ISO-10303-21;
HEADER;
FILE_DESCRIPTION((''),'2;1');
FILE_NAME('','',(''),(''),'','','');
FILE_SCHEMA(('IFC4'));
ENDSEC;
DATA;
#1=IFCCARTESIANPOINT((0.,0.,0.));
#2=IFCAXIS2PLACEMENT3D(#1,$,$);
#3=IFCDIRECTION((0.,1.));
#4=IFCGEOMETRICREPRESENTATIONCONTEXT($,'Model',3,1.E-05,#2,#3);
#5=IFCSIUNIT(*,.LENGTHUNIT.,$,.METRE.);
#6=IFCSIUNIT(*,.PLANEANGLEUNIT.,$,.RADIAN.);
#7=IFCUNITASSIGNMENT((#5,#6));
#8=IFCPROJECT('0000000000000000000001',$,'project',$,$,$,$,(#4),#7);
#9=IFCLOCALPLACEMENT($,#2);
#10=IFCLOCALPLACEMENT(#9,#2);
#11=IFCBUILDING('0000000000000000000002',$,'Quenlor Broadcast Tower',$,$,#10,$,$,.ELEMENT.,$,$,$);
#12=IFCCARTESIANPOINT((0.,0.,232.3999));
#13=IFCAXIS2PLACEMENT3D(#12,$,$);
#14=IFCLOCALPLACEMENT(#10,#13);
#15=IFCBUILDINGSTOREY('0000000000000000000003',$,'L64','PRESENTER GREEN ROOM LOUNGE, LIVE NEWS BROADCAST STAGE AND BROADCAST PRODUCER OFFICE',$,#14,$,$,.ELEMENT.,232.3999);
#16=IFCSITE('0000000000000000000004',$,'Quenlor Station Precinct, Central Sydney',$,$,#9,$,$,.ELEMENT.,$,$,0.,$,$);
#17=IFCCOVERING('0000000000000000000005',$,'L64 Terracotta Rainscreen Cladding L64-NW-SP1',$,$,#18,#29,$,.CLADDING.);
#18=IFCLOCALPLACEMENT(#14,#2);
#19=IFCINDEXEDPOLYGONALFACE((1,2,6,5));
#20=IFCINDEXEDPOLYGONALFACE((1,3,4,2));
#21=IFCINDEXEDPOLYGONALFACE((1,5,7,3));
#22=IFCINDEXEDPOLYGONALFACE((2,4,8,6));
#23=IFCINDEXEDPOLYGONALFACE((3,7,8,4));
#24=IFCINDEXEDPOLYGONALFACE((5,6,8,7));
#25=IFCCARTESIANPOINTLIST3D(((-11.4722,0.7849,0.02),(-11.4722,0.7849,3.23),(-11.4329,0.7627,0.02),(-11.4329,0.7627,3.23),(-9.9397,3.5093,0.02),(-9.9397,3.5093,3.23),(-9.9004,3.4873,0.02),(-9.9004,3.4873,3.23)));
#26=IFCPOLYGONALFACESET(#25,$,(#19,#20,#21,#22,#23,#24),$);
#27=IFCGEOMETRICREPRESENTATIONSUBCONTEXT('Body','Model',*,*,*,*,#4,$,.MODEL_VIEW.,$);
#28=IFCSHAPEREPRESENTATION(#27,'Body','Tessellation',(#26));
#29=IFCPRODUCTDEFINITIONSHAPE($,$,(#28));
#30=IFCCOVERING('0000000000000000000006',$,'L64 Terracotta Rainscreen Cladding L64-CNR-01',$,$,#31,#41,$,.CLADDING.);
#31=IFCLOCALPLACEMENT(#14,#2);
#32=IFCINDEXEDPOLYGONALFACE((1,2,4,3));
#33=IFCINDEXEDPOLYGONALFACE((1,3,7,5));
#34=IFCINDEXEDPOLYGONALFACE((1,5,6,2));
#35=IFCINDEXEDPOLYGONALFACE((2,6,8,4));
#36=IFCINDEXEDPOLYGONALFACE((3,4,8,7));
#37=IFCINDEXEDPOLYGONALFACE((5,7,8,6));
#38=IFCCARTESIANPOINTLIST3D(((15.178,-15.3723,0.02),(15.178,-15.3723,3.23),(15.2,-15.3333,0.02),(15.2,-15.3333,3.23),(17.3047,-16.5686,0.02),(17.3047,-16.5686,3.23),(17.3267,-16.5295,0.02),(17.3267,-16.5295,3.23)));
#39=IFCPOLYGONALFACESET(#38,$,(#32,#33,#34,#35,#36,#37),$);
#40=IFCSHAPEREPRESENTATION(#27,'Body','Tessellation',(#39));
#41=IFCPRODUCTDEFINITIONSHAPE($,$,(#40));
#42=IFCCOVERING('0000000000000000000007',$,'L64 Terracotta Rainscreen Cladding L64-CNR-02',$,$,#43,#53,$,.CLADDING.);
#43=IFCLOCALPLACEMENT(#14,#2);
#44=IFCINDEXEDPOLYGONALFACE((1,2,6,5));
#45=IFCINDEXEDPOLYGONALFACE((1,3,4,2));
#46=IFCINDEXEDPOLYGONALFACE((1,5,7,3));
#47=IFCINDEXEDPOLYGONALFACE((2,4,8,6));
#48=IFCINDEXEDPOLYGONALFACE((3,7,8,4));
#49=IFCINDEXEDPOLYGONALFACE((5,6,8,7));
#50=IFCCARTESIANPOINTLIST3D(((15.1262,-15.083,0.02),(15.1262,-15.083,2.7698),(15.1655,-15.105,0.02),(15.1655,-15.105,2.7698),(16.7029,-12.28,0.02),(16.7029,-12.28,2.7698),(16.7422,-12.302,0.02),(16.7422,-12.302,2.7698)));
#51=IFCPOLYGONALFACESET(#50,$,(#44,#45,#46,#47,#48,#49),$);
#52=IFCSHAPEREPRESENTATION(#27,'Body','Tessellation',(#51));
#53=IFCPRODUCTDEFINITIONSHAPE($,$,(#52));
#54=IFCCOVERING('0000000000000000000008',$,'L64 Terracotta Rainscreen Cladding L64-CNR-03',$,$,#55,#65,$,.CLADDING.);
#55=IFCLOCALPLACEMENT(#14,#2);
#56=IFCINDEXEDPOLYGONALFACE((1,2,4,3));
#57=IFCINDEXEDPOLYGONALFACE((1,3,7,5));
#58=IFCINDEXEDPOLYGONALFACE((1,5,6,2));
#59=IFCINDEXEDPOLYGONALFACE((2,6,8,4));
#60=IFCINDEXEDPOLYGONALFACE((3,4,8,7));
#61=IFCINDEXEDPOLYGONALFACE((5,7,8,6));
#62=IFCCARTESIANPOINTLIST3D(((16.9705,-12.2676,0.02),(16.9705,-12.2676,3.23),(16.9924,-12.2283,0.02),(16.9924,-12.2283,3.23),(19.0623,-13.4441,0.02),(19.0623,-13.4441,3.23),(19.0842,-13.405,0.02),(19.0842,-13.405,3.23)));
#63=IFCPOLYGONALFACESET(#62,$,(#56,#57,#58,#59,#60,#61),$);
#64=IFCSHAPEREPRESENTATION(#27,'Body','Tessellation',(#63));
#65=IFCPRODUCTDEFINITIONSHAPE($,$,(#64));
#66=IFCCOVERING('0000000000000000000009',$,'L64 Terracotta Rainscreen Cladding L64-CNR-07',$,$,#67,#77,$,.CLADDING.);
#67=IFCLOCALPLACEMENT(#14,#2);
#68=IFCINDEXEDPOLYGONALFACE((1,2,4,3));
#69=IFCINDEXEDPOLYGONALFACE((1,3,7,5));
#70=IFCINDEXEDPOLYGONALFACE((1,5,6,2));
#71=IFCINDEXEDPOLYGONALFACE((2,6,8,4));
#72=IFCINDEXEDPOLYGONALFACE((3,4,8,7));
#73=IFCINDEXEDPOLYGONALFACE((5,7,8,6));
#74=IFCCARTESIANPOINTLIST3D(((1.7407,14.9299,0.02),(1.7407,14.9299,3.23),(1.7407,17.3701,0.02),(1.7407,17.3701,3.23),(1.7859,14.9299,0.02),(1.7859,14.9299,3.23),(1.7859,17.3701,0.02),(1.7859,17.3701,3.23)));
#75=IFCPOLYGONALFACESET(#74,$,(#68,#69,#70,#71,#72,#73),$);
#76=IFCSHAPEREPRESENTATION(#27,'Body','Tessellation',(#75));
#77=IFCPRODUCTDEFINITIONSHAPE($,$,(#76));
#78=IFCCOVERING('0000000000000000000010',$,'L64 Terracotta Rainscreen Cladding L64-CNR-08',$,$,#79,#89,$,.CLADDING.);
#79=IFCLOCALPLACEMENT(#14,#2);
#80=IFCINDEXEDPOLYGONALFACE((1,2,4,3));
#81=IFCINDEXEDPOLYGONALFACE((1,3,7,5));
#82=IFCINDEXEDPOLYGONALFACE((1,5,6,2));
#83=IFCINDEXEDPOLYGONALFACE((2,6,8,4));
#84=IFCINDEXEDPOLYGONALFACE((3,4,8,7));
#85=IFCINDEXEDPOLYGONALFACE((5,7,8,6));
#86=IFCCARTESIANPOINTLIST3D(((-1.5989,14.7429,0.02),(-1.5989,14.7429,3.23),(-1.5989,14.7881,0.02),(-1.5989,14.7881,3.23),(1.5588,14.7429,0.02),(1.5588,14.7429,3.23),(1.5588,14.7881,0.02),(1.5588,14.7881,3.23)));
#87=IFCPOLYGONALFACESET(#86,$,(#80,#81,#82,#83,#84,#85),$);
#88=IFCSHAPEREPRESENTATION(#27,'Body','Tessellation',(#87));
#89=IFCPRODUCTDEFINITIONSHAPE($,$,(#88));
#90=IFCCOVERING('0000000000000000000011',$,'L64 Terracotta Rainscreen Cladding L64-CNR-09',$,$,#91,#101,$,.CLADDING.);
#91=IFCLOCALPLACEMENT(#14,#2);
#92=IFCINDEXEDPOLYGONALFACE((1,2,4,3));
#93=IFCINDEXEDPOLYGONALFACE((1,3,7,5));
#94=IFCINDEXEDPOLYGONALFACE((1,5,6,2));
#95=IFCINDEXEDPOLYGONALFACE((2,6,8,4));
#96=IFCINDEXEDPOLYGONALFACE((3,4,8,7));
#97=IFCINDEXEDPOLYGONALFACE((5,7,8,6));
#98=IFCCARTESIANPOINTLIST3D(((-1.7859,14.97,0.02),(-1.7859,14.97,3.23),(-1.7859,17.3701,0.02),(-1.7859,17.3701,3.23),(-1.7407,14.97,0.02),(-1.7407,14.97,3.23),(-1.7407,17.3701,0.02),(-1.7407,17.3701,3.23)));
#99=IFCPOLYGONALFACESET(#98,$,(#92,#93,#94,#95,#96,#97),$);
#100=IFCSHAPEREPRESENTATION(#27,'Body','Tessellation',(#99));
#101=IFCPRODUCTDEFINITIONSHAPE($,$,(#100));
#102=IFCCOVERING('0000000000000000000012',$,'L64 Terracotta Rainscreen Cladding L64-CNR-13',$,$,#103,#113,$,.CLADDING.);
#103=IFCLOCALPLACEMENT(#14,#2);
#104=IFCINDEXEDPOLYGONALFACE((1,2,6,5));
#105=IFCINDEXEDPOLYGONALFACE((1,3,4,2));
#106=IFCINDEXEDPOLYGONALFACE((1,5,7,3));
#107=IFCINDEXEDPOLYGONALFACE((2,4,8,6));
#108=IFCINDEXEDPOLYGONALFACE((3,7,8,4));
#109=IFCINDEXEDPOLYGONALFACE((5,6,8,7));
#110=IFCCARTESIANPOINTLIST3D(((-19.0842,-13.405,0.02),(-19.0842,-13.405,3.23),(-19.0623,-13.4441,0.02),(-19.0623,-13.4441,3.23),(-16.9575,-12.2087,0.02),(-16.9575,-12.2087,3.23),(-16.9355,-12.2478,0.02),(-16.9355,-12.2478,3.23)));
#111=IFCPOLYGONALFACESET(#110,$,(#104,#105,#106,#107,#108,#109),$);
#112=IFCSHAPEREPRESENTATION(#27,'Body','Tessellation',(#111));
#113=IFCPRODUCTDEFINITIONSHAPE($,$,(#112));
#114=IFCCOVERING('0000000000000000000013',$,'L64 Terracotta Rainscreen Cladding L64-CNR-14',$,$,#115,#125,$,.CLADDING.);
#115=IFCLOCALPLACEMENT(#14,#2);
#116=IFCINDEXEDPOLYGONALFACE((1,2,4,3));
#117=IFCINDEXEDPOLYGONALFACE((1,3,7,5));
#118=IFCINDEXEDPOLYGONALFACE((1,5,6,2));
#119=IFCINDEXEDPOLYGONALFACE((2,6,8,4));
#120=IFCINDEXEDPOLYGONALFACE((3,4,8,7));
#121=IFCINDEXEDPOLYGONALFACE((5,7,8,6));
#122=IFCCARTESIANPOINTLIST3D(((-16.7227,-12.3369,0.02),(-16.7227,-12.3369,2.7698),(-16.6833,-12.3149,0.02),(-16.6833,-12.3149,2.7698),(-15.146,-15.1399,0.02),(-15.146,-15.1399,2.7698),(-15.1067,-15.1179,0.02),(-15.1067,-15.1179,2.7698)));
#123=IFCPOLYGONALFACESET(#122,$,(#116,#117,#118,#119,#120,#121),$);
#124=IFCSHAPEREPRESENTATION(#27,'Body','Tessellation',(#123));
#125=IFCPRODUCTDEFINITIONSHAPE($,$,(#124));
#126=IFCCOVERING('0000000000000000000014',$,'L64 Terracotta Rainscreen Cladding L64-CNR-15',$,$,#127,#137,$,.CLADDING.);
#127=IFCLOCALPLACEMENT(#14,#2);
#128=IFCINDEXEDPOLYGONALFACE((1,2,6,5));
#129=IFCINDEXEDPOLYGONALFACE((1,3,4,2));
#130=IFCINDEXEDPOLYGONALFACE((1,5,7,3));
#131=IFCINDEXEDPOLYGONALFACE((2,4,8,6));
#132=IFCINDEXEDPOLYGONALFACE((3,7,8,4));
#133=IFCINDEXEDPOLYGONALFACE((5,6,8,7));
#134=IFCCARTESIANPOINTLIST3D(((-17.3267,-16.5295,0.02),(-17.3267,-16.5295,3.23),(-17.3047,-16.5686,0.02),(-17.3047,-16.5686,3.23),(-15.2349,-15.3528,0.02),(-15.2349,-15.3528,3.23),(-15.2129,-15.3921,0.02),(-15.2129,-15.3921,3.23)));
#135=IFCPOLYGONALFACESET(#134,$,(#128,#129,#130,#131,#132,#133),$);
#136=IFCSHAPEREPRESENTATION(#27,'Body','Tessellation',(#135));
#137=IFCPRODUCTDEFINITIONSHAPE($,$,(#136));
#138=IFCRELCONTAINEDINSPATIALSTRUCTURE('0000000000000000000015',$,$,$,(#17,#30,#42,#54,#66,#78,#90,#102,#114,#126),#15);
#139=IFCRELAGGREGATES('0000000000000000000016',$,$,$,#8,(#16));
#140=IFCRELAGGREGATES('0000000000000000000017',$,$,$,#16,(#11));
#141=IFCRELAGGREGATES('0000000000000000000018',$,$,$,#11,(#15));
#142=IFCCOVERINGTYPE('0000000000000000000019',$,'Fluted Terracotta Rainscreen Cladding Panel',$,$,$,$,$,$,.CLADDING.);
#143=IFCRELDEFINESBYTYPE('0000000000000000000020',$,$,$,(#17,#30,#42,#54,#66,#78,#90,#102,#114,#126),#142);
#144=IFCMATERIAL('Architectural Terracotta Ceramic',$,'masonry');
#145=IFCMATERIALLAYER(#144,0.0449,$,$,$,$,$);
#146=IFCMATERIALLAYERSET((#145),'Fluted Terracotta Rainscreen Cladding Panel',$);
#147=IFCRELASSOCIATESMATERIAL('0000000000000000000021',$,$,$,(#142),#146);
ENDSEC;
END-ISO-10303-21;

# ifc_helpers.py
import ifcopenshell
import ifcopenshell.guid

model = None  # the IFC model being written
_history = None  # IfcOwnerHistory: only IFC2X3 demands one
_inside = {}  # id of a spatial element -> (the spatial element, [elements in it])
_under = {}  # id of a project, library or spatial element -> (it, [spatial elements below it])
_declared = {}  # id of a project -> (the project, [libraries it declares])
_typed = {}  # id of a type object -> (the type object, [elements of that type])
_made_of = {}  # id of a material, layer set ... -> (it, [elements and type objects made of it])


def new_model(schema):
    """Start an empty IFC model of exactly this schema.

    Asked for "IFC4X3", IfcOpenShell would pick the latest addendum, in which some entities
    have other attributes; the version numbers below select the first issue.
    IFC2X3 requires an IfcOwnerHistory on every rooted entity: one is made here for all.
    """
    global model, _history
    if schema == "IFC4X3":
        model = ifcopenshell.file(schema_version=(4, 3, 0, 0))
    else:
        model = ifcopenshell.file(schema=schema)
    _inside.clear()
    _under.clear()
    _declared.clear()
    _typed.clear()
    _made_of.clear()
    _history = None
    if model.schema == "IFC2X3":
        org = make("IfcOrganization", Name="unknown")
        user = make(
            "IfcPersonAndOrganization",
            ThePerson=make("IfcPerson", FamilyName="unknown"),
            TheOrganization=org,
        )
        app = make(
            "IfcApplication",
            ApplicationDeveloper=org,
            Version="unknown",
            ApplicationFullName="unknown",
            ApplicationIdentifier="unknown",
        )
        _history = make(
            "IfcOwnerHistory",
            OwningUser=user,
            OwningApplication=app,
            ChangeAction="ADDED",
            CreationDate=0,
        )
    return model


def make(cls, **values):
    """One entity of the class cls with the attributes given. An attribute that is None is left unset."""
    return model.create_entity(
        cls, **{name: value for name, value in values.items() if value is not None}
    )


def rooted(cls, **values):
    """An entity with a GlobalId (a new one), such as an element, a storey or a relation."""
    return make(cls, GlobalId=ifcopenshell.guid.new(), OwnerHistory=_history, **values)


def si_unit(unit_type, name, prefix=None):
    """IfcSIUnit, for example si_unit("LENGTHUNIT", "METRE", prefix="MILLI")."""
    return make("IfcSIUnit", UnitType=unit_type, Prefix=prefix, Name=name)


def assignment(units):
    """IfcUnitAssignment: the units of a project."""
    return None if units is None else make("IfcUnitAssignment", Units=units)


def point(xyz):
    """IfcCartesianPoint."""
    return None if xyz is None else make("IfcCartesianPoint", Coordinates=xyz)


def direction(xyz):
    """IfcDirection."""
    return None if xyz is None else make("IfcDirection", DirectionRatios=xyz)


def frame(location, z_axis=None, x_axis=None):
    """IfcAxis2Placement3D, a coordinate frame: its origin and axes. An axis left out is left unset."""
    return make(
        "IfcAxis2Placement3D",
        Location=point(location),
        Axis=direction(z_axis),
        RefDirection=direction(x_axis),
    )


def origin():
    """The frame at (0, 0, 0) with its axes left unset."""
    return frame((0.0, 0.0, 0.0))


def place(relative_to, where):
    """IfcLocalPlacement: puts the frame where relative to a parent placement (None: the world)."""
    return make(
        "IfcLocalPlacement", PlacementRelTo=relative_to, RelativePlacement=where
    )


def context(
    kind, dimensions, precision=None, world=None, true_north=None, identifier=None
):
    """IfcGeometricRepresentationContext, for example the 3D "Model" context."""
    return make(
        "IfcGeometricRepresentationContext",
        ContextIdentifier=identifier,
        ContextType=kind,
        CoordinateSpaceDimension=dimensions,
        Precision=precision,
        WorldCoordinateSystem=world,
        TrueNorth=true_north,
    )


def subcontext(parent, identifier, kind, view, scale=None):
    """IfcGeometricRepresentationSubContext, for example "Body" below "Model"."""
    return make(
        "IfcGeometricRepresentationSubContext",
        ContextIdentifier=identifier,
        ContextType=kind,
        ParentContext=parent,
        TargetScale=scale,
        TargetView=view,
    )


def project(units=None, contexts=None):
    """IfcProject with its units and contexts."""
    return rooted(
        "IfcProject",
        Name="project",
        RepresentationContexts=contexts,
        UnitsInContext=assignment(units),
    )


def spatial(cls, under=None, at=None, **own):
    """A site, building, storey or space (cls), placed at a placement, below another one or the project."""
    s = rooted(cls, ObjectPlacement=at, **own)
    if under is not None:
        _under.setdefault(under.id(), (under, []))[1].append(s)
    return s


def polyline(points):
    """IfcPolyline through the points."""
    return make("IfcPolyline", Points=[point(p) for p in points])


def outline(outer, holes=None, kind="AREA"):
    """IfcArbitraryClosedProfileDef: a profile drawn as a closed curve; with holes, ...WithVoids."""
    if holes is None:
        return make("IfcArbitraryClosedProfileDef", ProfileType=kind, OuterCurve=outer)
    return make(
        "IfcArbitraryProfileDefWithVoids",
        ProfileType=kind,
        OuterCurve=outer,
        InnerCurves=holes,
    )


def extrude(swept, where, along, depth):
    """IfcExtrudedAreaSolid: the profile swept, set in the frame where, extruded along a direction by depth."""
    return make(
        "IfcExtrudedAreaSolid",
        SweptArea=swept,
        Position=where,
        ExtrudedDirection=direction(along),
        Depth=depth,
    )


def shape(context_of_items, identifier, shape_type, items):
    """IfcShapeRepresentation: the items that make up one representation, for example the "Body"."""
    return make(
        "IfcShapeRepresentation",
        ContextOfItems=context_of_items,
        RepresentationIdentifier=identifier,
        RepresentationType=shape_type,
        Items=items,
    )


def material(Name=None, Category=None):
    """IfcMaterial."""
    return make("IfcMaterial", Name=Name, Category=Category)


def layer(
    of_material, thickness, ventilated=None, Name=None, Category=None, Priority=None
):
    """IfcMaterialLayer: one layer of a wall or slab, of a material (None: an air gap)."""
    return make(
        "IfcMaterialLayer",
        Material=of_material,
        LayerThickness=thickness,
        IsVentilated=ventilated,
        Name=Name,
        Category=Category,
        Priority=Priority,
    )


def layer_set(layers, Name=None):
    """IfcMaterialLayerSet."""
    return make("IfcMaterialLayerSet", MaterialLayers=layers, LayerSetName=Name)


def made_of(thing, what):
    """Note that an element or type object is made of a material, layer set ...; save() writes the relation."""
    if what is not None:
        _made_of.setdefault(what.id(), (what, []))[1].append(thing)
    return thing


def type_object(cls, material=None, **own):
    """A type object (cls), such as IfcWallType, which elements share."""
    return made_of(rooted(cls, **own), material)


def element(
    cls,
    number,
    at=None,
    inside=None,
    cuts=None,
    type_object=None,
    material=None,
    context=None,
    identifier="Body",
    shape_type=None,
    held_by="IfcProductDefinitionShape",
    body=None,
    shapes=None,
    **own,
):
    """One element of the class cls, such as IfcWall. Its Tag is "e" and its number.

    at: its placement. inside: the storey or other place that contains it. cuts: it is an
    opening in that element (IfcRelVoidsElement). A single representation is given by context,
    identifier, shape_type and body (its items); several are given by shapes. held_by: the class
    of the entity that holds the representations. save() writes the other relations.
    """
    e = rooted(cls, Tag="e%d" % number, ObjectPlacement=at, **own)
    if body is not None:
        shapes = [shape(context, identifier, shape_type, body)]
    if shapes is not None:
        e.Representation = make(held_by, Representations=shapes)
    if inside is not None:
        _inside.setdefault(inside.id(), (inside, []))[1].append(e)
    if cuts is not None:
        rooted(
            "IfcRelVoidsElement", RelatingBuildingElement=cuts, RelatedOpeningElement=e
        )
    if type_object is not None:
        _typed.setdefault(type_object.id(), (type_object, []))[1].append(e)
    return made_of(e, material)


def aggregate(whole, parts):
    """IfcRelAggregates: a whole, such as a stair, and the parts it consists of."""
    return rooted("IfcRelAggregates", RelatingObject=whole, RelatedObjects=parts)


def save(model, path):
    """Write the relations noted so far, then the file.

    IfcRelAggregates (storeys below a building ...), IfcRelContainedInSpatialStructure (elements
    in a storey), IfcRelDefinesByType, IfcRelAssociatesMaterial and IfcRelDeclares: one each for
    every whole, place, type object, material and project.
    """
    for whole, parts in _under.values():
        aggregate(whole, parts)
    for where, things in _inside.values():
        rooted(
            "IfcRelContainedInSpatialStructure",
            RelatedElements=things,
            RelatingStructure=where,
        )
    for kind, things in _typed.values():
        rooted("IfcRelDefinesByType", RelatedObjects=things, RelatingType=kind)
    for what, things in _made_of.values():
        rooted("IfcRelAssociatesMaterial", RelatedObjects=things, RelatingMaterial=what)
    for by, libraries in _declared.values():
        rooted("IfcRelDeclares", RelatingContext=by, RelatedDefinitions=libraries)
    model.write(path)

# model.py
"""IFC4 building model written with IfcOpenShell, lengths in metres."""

from ifc_helpers import new_model, si_unit, direction, frame, origin, place, context, subcontext, project, spatial, polyline, outline, extrude, material, layer, layer_set, type_object, element, save


model = new_model("IFC4")

# Units and contexts
model_context = context("Model", 3, precision=1e-05, world=origin(), true_north=direction((0.0, 1.0)))
body_context = subcontext(model_context, "Body", "Model", "MODEL_VIEW")
ifc_project = project(units=[si_unit("LENGTHUNIT", "METRE"), si_unit("PLANEANGLEUNIT", "RADIAN")], contexts=[model_context])

# Site, building, storey
site_placement = place(None, origin())
site = spatial("IfcSite", under=ifc_project, at=site_placement, Name="Quenlor Station Precinct, Central Sydney", CompositionType="ELEMENT", RefElevation=0.0)
building_placement = place(site_placement, origin())
building = spatial("IfcBuilding", under=site, at=building_placement, Name="Quenlor Broadcast Tower", CompositionType="ELEMENT")
storey_placement = place(building_placement, frame((0.0, 0.0, 232.3999)))
storey = spatial("IfcBuildingStorey", under=building, at=storey_placement, Name="L64", Description="PRESENTER GREEN ROOM LOUNGE, LIVE NEWS BROADCAST STAGE AND BROADCAST PRODUCER OFFICE", CompositionType="ELEMENT", Elevation=232.3999)

# Coverings
ifc_material_1 = material(Name="Architectural Terracotta Ceramic", Category="masonry")
ifc_layer_1 = layer(ifc_material_1, 0.0449)
ifc_layer_set_1 = layer_set([ifc_layer_1], Name="Fluted Terracotta Rainscreen Cladding Panel")
covering_type_1 = type_object("IfcCoveringType", Name="Fluted Terracotta Rainscreen Cladding Panel", PredefinedType="CLADDING", material=ifc_layer_set_1)
covering_1_placement = place(storey_placement, frame((0.0, 0.0, 0.02)))
element("IfcCovering", 1, at=covering_1_placement, inside=storey, type_object=covering_type_1, Name="L64 Terracotta Rainscreen Cladding L64-NW-SP1", PredefinedType="CLADDING", context=body_context, shape_type="SweptSolid", body=[
    extrude(outline(polyline([(-11.4329, 0.7627), (-9.9004, 3.4873), (-9.9397, 3.5093), (-11.4722, 0.7849), (-11.4329, 0.7627)])), origin(), (0.0, 0.0, 1.0), 3.21),
])
covering_2_placement = place(storey_placement, frame((0.0, 0.0, 0.02)))
element("IfcCovering", 2, at=covering_2_placement, inside=storey, type_object=covering_type_1, Name="L64 Terracotta Rainscreen Cladding L64-CNR-01", PredefinedType="CLADDING", context=body_context, shape_type="SweptSolid", body=[
    extrude(outline(polyline([(17.3267, -16.5295), (15.2, -15.3333), (15.178, -15.3723), (17.3047, -16.5686), (17.3267, -16.5295)])), origin(), (0.0, 0.0, 1.0), 3.21),
])
covering_3_placement = place(storey_placement, frame((0.0, 0.0, 0.02)))
element("IfcCovering", 3, at=covering_3_placement, inside=storey, type_object=covering_type_1, Name="L64 Terracotta Rainscreen Cladding L64-CNR-02", PredefinedType="CLADDING", context=body_context, shape_type="SweptSolid", body=[
    extrude(outline(polyline([(15.1655, -15.105), (16.7422, -12.302), (16.7029, -12.28), (15.1262, -15.083), (15.1655, -15.105)])), origin(), (0.0, 0.0, 1.0), 2.7498),
])
covering_4_placement = place(storey_placement, frame((0.0, 0.0, 0.02)))
element("IfcCovering", 4, at=covering_4_placement, inside=storey, type_object=covering_type_1, Name="L64 Terracotta Rainscreen Cladding L64-CNR-03", PredefinedType="CLADDING", context=body_context, shape_type="SweptSolid", body=[
    extrude(outline(polyline([(16.9705, -12.2676), (19.0623, -13.4441), (19.0842, -13.405), (16.9924, -12.2283), (16.9705, -12.2676)])), origin(), (0.0, 0.0, 1.0), 3.21),
])
covering_5_placement = place(storey_placement, frame((0.0, 0.0, 0.02)))
element("IfcCovering", 5, at=covering_5_placement, inside=storey, type_object=covering_type_1, Name="L64 Terracotta Rainscreen Cladding L64-CNR-07", PredefinedType="CLADDING", context=body_context, shape_type="SweptSolid", body=[
    extrude(outline(polyline([(1.7407, 17.3701), (1.7407, 14.9299), (1.7859, 14.9299), (1.7859, 17.3701), (1.7407, 17.3701)])), origin(), (0.0, 0.0, 1.0), 3.21),
])
covering_6_placement = place(storey_placement, frame((0.0, 0.0, 0.02)))
element("IfcCovering", 6, at=covering_6_placement, inside=storey, type_object=covering_type_1, Name="L64 Terracotta Rainscreen Cladding L64-CNR-08", PredefinedType="CLADDING", context=body_context, shape_type="SweptSolid", body=[
    extrude(outline(polyline([(1.5588, 14.7881), (-1.5989, 14.7881), (-1.5989, 14.7429), (1.5588, 14.7429), (1.5588, 14.7881)])), origin(), (0.0, 0.0, 1.0), 3.21),
])
covering_7_placement = place(storey_placement, frame((0.0, 0.0, 0.02)))
element("IfcCovering", 7, at=covering_7_placement, inside=storey, type_object=covering_type_1, Name="L64 Terracotta Rainscreen Cladding L64-CNR-09", PredefinedType="CLADDING", context=body_context, shape_type="SweptSolid", body=[
    extrude(outline(polyline([(-1.7407, 14.97), (-1.7407, 17.3701), (-1.7859, 17.3701), (-1.7859, 14.97), (-1.7407, 14.97)])), origin(), (0.0, 0.0, 1.0), 3.21),
])
covering_8_placement = place(storey_placement, frame((0.0, 0.0, 0.02)))
element("IfcCovering", 8, at=covering_8_placement, inside=storey, type_object=covering_type_1, Name="L64 Terracotta Rainscreen Cladding L64-CNR-13", PredefinedType="CLADDING", context=body_context, shape_type="SweptSolid", body=[
    extrude(outline(polyline([(-19.0623, -13.4441), (-16.9355, -12.2478), (-16.9575, -12.2087), (-19.0842, -13.405), (-19.0623, -13.4441)])), origin(), (0.0, 0.0, 1.0), 3.21),
])
covering_9_placement = place(storey_placement, frame((0.0, 0.0, 0.02)))
element("IfcCovering", 9, at=covering_9_placement, inside=storey, type_object=covering_type_1, Name="L64 Terracotta Rainscreen Cladding L64-CNR-14", PredefinedType="CLADDING", context=body_context, shape_type="SweptSolid", body=[
    extrude(outline(polyline([(-16.7227, -12.3369), (-15.146, -15.1399), (-15.1067, -15.1179), (-16.6833, -12.3149), (-16.7227, -12.3369)])), origin(), (0.0, 0.0, 1.0), 2.7498),
])
covering_10_placement = place(storey_placement, frame((0.0, 0.0, 0.02)))
element("IfcCovering", 10, at=covering_10_placement, inside=storey, type_object=covering_type_1, Name="L64 Terracotta Rainscreen Cladding L64-CNR-15", PredefinedType="CLADDING", context=body_context, shape_type="SweptSolid", body=[
    extrude(outline(polyline([(-15.2349, -15.3528), (-17.3267, -16.5295), (-17.3047, -16.5686), (-15.2129, -15.3921), (-15.2349, -15.3528)])), origin(), (0.0, 0.0, 1.0), 3.21),
])

save(model, "model.ifc")
